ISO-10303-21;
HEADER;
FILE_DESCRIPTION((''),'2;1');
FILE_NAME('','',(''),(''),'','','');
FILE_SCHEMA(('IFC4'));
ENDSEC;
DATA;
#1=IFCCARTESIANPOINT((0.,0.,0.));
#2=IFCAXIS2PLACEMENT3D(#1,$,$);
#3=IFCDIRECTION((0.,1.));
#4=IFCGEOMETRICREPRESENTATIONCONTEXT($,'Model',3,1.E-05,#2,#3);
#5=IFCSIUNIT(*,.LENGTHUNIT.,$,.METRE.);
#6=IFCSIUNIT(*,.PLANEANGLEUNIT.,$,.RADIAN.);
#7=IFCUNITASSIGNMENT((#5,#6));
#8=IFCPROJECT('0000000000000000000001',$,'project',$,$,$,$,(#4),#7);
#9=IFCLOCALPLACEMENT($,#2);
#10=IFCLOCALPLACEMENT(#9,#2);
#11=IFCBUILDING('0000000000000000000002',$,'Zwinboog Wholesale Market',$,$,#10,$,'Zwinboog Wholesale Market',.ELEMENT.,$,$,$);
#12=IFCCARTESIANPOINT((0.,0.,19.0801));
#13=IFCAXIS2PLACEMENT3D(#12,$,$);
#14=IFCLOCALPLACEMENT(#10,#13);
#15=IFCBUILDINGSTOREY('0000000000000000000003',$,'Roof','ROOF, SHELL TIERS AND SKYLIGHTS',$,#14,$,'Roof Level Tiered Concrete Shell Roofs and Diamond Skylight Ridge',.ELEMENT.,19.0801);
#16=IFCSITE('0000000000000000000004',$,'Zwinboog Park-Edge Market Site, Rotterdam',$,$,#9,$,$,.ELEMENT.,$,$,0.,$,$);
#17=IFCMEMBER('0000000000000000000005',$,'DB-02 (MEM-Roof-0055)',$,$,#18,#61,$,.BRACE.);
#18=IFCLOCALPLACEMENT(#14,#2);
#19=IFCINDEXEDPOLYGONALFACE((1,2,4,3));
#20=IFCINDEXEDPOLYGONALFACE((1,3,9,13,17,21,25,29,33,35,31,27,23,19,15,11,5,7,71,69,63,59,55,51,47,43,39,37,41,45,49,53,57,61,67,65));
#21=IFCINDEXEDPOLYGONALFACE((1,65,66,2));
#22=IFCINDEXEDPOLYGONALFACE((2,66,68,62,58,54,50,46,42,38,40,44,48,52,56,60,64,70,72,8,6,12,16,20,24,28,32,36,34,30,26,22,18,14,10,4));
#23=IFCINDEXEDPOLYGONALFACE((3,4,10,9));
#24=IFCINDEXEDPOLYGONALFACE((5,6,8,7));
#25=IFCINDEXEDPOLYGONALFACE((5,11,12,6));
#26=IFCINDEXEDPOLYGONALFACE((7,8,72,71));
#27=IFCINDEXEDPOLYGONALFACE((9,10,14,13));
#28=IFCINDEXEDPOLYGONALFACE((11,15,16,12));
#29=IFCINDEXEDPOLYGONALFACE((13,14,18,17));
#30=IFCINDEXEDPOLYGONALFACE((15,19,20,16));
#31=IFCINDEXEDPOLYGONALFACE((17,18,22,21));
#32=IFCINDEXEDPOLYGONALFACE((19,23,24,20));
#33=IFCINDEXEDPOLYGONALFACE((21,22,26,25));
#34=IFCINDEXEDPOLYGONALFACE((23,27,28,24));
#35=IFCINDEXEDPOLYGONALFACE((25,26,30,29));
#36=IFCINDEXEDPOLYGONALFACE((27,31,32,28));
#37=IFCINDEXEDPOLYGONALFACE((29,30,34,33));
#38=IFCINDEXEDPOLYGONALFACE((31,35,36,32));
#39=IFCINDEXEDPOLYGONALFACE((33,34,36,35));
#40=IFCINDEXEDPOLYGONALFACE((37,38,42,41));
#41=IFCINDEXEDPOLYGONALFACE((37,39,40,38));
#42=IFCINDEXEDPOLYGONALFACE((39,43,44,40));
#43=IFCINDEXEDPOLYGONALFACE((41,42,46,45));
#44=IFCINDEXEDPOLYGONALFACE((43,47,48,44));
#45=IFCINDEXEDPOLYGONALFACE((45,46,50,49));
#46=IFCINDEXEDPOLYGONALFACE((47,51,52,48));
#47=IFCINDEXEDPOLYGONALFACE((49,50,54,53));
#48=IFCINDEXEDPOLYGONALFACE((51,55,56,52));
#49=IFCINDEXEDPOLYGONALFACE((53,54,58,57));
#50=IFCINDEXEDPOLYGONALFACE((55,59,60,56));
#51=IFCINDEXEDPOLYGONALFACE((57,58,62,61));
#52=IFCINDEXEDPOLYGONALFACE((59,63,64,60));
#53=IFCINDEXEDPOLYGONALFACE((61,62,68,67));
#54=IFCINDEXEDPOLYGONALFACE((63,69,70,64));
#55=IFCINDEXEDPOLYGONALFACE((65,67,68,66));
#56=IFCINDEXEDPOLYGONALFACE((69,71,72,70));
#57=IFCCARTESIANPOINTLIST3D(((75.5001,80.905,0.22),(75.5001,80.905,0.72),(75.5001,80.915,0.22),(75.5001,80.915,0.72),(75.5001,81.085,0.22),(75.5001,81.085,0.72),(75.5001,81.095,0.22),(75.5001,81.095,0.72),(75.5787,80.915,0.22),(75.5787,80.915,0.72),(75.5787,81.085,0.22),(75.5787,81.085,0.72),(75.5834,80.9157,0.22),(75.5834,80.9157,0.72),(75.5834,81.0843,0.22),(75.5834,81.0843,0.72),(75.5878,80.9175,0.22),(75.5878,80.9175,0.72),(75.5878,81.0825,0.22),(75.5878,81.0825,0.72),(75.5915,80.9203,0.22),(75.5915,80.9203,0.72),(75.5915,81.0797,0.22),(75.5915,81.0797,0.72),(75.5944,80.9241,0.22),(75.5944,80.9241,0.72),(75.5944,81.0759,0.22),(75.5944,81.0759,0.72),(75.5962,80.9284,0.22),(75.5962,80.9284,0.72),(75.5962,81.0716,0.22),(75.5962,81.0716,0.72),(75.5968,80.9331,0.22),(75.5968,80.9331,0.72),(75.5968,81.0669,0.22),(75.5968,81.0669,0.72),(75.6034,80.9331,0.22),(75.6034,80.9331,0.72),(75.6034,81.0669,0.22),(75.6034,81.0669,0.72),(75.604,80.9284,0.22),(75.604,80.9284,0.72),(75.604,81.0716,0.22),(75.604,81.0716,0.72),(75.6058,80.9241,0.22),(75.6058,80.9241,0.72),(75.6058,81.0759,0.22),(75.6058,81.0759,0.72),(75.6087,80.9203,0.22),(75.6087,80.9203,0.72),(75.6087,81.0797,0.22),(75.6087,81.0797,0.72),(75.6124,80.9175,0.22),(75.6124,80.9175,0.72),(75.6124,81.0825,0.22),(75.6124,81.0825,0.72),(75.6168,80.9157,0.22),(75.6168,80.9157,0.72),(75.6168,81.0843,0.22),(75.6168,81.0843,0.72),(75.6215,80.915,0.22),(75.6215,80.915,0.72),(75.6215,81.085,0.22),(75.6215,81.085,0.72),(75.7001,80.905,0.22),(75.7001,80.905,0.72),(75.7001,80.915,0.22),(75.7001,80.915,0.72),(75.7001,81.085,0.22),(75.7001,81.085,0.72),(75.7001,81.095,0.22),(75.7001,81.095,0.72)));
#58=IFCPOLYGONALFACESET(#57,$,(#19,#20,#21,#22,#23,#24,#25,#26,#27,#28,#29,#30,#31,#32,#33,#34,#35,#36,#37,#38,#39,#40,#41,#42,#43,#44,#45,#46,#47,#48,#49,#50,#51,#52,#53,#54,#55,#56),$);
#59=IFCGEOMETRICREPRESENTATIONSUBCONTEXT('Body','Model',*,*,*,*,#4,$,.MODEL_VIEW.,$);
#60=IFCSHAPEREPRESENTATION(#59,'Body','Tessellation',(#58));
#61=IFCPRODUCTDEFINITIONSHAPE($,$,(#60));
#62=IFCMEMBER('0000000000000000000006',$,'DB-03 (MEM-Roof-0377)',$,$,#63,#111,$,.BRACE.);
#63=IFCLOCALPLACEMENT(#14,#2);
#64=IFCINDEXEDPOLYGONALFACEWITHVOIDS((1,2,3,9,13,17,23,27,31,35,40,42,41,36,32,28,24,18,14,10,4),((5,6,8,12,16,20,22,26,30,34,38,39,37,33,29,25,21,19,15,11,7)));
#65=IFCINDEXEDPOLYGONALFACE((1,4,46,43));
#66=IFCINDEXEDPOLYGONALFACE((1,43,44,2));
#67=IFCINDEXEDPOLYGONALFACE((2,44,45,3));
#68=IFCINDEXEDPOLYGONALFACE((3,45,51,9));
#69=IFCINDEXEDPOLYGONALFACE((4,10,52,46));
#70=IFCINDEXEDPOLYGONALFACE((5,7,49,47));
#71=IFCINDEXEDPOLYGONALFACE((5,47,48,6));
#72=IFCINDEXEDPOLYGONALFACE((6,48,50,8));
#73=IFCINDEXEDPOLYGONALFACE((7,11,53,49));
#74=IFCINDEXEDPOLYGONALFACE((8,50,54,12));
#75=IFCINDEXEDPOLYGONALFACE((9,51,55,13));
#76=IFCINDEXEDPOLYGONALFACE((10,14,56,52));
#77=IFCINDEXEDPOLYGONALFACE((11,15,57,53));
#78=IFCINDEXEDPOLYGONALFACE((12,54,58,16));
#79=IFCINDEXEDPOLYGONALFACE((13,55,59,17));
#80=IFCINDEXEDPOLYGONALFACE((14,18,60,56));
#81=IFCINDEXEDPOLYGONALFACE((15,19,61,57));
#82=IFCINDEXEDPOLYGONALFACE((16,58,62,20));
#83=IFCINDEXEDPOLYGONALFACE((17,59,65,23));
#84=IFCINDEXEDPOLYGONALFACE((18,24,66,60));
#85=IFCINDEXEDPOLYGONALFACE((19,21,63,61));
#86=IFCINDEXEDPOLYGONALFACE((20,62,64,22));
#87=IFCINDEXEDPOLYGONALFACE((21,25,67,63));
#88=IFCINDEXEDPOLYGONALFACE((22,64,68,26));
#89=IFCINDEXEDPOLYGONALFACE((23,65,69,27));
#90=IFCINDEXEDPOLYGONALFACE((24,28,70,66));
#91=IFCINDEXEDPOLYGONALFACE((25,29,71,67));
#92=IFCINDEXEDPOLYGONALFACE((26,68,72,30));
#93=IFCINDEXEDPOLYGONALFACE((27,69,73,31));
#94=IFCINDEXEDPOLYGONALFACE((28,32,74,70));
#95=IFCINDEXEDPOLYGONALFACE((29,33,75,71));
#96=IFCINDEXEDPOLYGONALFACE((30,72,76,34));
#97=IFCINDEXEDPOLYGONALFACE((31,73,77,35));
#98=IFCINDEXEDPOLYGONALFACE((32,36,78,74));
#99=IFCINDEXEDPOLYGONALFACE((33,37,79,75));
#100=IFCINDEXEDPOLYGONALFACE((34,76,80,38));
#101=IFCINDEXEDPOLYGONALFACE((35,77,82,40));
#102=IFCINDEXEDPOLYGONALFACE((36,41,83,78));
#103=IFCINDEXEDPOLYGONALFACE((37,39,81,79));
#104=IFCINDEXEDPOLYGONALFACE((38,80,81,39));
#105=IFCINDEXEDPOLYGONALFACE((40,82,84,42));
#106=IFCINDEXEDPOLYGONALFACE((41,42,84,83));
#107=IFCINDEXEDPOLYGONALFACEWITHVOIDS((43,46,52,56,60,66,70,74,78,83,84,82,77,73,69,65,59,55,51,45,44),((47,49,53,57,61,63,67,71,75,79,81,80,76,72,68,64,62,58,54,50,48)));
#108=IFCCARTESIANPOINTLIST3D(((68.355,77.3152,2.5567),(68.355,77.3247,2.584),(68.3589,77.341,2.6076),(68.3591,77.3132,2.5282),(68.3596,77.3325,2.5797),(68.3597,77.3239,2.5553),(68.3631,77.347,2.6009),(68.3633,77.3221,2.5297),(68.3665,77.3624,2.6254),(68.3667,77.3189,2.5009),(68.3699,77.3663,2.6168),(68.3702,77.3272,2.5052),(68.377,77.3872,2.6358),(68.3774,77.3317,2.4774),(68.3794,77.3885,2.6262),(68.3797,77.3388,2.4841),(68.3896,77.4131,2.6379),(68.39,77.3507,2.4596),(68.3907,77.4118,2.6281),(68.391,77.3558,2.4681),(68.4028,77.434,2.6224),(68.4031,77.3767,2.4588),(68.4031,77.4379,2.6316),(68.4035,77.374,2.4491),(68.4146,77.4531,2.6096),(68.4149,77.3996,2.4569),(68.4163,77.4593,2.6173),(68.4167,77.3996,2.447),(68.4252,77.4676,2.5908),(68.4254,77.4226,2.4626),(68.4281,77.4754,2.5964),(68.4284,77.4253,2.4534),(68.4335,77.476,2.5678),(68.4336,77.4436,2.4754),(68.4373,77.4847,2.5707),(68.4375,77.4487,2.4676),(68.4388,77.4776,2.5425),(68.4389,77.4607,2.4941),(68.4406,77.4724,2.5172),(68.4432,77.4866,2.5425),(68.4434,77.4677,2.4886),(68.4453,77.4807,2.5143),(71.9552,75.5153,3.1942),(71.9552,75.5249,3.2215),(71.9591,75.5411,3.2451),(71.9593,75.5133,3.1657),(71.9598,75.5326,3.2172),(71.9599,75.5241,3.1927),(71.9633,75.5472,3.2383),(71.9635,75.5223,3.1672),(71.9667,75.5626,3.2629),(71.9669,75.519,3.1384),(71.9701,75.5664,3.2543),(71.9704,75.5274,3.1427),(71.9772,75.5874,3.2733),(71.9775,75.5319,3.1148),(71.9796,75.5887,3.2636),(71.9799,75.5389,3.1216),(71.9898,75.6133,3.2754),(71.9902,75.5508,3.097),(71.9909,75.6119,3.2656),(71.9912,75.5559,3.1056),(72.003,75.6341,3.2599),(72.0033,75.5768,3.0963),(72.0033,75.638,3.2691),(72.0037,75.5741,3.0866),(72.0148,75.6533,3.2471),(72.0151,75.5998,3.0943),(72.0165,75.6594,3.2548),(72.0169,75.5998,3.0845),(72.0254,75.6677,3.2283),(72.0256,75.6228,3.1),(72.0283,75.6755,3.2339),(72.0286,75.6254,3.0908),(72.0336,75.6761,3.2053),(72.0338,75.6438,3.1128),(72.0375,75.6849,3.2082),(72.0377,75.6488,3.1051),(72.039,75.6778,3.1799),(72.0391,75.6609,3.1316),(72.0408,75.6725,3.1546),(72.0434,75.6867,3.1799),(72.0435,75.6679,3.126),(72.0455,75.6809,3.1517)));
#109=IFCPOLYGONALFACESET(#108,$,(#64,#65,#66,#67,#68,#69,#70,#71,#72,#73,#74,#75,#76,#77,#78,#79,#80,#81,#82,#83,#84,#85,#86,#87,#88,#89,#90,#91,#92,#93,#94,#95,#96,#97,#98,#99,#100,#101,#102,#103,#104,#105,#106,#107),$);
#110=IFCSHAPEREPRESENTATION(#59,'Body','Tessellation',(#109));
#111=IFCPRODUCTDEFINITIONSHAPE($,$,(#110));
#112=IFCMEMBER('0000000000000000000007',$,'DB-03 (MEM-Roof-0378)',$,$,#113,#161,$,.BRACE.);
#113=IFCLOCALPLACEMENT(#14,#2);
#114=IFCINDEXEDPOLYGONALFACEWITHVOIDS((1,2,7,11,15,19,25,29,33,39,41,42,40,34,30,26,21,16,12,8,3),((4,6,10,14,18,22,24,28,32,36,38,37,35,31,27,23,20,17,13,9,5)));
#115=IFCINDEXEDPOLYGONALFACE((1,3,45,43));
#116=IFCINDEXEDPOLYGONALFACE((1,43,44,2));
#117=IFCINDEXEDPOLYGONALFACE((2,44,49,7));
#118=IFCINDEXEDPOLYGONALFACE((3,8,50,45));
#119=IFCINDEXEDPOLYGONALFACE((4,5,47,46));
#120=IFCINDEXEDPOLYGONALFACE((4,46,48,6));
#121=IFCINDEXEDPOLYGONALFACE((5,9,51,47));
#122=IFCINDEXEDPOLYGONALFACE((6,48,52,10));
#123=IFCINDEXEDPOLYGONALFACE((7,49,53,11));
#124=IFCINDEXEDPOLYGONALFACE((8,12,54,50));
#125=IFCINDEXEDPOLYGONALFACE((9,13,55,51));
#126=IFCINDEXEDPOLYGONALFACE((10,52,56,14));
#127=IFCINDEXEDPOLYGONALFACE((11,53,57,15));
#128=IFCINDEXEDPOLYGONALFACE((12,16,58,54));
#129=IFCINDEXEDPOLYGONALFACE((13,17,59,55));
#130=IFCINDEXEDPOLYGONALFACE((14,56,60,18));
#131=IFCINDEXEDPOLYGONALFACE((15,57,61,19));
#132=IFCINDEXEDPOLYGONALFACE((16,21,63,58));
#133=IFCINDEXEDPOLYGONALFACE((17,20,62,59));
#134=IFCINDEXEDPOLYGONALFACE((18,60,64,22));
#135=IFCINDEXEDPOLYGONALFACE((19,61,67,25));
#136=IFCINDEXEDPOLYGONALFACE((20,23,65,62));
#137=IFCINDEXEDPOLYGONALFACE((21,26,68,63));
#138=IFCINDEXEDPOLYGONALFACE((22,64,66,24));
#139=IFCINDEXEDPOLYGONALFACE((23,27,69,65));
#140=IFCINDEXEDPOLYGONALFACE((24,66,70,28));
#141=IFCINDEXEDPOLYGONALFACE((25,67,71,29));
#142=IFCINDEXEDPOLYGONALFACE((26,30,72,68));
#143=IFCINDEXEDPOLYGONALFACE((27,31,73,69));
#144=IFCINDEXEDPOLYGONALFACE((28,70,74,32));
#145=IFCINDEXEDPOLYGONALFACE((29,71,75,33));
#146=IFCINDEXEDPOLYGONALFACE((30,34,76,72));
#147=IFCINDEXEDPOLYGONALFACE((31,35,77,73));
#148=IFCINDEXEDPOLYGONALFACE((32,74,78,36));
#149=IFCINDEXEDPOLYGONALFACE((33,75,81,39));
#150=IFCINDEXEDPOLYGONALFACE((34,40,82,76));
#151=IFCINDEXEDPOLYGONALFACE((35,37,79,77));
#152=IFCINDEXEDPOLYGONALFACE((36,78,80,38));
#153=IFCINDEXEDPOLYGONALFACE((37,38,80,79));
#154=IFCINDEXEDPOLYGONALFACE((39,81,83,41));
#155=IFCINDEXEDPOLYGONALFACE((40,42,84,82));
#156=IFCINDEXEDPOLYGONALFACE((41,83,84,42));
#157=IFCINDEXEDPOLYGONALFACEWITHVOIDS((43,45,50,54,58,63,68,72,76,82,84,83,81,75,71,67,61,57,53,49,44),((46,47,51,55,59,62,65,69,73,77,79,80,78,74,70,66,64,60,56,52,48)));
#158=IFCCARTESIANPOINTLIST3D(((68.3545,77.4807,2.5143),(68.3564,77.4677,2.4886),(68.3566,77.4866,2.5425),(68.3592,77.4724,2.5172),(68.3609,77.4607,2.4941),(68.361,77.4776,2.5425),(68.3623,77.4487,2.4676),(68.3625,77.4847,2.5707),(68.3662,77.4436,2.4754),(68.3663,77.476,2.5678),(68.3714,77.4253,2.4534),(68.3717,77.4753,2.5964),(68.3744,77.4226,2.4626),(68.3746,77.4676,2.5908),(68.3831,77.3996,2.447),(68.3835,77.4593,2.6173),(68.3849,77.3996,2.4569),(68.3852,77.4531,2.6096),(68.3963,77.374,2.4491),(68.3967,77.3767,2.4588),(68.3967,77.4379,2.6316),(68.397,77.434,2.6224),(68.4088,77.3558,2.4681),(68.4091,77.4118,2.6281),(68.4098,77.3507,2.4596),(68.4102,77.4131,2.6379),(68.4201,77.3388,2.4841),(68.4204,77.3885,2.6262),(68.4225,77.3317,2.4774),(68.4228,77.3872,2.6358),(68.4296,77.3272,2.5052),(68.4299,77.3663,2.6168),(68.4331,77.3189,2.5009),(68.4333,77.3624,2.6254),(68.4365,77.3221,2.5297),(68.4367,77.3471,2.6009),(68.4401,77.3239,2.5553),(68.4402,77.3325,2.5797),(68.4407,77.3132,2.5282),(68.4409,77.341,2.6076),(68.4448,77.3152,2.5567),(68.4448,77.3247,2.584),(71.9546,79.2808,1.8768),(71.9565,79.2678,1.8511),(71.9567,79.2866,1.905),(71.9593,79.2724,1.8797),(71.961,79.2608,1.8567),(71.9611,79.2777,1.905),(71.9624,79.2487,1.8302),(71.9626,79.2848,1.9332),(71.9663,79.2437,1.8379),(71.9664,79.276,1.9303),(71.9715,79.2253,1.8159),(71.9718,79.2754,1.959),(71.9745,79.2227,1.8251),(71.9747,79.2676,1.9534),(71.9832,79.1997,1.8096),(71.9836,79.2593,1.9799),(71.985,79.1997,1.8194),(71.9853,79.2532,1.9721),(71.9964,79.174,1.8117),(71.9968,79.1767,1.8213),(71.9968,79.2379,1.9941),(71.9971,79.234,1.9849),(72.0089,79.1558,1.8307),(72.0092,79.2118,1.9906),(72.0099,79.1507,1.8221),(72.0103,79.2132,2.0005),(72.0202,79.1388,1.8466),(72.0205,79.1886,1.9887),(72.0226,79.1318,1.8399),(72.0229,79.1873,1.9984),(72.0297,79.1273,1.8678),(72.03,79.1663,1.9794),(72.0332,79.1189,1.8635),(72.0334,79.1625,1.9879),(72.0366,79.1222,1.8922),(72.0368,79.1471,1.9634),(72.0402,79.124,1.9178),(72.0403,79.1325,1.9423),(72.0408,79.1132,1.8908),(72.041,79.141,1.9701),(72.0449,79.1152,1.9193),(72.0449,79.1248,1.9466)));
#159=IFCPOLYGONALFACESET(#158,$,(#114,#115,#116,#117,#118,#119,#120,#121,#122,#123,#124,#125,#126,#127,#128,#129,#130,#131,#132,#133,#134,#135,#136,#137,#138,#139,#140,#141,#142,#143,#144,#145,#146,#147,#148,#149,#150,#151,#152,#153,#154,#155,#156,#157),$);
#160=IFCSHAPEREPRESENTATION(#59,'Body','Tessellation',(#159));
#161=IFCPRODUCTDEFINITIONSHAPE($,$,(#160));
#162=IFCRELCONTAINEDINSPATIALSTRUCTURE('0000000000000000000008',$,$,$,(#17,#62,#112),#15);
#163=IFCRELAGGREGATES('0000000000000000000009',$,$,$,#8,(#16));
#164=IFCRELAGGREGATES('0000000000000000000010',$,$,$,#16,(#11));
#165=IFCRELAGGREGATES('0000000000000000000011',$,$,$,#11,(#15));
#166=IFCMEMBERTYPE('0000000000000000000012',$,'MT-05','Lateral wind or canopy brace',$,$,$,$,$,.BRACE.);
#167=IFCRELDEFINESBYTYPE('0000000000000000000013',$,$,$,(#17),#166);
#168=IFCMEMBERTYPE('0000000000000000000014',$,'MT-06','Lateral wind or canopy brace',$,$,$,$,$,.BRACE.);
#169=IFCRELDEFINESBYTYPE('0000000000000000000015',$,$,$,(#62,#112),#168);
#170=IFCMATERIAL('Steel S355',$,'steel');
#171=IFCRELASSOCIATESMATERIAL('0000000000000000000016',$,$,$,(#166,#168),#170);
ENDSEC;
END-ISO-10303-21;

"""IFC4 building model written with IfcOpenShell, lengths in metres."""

from ifc_helpers import new_model, si_unit, direction, frame, origin, origin_2d, place, context, subcontext, project, spatial, hollow_circle, i_section, extrude, material, material_profile, profile_set, type_object, element, save


model = new_model("IFC4")

# Units and contexts
model_context = context("Model", 3, precision=1e-05, world=origin(), true_north=direction((0.0, 1.0)))
body_context = subcontext(model_context, "Body", "Model", "MODEL_VIEW")
ifc_project = project(units=[si_unit("LENGTHUNIT", "METRE"), si_unit("PLANEANGLEUNIT", "RADIAN")], contexts=[model_context])

# Site, building, storey
site_placement = place(None, origin())
site = spatial("IfcSite", under=ifc_project, at=site_placement, Name="Zwinboog Park-Edge Market Site, Rotterdam", CompositionType="ELEMENT", RefElevation=0.0)
building_placement = place(site_placement, origin())
building = spatial("IfcBuilding", under=site, at=building_placement, Name="Zwinboog Wholesale Market", LongName="Zwinboog Wholesale Market", CompositionType="ELEMENT")
storey_placement = place(building_placement, frame((0.0, 0.0, 19.0801)))
storey = spatial("IfcBuildingStorey", under=building, at=storey_placement, Name="Roof", Description="ROOF, SHELL TIERS AND SKYLIGHTS", LongName="Roof Level Tiered Concrete Shell Roofs and Diamond Skylight Ridge", CompositionType="ELEMENT", Elevation=19.0801)

# Members
ifc_material_1 = material(Name="Steel S355", Category="steel")
ifc_material_profile_1 = material_profile(ifc_material_1, i_section(OverallWidth=0.2, OverallDepth=0.1899, WebThickness=0.0066, FlangeThickness=0.01, FilletRadius=0.0181, at=origin_2d()), Name="HEA 200")
ifc_profile_set_1 = profile_set([ifc_material_profile_1], Name="Steel S355")
member_type_1 = type_object("IfcMemberType", Name="MT-05", Description="Lateral wind or canopy brace", PredefinedType="BRACE", material=ifc_profile_set_1)
member_placement = place(storey_placement, frame((75.6001, 81.0, 0.22), z_axis=(0.0, 0.0, 1.0), x_axis=(1.0, 0.0, 0.0)))
element("IfcMember", 1, at=member_placement, inside=storey, type_object=member_type_1, Name="DB-02 (MEM-Roof-0055)", PredefinedType="BRACE", context=body_context, shape_type="SweptSolid", body=[
    extrude(i_section(OverallWidth=0.2, OverallDepth=0.1899, WebThickness=0.0066, FlangeThickness=0.01, FilletRadius=0.0181, at=origin_2d()), origin(), (0.0, 0.0, 1.0), 0.5),
])
ifc_material_profile_2 = material_profile(ifc_material_1, hollow_circle(Radius=0.0969, WallThickness=0.01, at=origin_2d()), Name="CHS 193.7x10")
ifc_profile_set_2 = profile_set([ifc_material_profile_2], Name="Steel S355")
member_type_2 = type_object("IfcMemberType", Name="MT-06", Description="Lateral wind or canopy brace", PredefinedType="BRACE", material=ifc_profile_set_2)
for number, where, z_axis, x_axis, name in (
    (2, (68.3999, 77.3999, 2.5425), (0.88344, -0.44166, 0.156426), (0.447165, 0.894451, 0.0), "DB-03 (MEM-Roof-0377)"),
    (3, (68.3999, 77.3999, 2.5425), (0.883417, 0.441709, -0.156422), (-0.447214, 0.894427, 0.0), "DB-03 (MEM-Roof-0378)"),
):
    element("IfcMember", number, at=place(storey_placement, frame(where, z_axis=z_axis, x_axis=x_axis)), inside=storey, type_object=member_type_2, Name=name, PredefinedType="BRACE", context=body_context, shape_type="SweptSolid", body=[
        extrude(hollow_circle(Radius=0.0969, WallThickness=0.01, at=origin_2d()), origin(), (0.0, 0.0, 1.0), 4.0752),
    ])

save(model, "model.ifc")
